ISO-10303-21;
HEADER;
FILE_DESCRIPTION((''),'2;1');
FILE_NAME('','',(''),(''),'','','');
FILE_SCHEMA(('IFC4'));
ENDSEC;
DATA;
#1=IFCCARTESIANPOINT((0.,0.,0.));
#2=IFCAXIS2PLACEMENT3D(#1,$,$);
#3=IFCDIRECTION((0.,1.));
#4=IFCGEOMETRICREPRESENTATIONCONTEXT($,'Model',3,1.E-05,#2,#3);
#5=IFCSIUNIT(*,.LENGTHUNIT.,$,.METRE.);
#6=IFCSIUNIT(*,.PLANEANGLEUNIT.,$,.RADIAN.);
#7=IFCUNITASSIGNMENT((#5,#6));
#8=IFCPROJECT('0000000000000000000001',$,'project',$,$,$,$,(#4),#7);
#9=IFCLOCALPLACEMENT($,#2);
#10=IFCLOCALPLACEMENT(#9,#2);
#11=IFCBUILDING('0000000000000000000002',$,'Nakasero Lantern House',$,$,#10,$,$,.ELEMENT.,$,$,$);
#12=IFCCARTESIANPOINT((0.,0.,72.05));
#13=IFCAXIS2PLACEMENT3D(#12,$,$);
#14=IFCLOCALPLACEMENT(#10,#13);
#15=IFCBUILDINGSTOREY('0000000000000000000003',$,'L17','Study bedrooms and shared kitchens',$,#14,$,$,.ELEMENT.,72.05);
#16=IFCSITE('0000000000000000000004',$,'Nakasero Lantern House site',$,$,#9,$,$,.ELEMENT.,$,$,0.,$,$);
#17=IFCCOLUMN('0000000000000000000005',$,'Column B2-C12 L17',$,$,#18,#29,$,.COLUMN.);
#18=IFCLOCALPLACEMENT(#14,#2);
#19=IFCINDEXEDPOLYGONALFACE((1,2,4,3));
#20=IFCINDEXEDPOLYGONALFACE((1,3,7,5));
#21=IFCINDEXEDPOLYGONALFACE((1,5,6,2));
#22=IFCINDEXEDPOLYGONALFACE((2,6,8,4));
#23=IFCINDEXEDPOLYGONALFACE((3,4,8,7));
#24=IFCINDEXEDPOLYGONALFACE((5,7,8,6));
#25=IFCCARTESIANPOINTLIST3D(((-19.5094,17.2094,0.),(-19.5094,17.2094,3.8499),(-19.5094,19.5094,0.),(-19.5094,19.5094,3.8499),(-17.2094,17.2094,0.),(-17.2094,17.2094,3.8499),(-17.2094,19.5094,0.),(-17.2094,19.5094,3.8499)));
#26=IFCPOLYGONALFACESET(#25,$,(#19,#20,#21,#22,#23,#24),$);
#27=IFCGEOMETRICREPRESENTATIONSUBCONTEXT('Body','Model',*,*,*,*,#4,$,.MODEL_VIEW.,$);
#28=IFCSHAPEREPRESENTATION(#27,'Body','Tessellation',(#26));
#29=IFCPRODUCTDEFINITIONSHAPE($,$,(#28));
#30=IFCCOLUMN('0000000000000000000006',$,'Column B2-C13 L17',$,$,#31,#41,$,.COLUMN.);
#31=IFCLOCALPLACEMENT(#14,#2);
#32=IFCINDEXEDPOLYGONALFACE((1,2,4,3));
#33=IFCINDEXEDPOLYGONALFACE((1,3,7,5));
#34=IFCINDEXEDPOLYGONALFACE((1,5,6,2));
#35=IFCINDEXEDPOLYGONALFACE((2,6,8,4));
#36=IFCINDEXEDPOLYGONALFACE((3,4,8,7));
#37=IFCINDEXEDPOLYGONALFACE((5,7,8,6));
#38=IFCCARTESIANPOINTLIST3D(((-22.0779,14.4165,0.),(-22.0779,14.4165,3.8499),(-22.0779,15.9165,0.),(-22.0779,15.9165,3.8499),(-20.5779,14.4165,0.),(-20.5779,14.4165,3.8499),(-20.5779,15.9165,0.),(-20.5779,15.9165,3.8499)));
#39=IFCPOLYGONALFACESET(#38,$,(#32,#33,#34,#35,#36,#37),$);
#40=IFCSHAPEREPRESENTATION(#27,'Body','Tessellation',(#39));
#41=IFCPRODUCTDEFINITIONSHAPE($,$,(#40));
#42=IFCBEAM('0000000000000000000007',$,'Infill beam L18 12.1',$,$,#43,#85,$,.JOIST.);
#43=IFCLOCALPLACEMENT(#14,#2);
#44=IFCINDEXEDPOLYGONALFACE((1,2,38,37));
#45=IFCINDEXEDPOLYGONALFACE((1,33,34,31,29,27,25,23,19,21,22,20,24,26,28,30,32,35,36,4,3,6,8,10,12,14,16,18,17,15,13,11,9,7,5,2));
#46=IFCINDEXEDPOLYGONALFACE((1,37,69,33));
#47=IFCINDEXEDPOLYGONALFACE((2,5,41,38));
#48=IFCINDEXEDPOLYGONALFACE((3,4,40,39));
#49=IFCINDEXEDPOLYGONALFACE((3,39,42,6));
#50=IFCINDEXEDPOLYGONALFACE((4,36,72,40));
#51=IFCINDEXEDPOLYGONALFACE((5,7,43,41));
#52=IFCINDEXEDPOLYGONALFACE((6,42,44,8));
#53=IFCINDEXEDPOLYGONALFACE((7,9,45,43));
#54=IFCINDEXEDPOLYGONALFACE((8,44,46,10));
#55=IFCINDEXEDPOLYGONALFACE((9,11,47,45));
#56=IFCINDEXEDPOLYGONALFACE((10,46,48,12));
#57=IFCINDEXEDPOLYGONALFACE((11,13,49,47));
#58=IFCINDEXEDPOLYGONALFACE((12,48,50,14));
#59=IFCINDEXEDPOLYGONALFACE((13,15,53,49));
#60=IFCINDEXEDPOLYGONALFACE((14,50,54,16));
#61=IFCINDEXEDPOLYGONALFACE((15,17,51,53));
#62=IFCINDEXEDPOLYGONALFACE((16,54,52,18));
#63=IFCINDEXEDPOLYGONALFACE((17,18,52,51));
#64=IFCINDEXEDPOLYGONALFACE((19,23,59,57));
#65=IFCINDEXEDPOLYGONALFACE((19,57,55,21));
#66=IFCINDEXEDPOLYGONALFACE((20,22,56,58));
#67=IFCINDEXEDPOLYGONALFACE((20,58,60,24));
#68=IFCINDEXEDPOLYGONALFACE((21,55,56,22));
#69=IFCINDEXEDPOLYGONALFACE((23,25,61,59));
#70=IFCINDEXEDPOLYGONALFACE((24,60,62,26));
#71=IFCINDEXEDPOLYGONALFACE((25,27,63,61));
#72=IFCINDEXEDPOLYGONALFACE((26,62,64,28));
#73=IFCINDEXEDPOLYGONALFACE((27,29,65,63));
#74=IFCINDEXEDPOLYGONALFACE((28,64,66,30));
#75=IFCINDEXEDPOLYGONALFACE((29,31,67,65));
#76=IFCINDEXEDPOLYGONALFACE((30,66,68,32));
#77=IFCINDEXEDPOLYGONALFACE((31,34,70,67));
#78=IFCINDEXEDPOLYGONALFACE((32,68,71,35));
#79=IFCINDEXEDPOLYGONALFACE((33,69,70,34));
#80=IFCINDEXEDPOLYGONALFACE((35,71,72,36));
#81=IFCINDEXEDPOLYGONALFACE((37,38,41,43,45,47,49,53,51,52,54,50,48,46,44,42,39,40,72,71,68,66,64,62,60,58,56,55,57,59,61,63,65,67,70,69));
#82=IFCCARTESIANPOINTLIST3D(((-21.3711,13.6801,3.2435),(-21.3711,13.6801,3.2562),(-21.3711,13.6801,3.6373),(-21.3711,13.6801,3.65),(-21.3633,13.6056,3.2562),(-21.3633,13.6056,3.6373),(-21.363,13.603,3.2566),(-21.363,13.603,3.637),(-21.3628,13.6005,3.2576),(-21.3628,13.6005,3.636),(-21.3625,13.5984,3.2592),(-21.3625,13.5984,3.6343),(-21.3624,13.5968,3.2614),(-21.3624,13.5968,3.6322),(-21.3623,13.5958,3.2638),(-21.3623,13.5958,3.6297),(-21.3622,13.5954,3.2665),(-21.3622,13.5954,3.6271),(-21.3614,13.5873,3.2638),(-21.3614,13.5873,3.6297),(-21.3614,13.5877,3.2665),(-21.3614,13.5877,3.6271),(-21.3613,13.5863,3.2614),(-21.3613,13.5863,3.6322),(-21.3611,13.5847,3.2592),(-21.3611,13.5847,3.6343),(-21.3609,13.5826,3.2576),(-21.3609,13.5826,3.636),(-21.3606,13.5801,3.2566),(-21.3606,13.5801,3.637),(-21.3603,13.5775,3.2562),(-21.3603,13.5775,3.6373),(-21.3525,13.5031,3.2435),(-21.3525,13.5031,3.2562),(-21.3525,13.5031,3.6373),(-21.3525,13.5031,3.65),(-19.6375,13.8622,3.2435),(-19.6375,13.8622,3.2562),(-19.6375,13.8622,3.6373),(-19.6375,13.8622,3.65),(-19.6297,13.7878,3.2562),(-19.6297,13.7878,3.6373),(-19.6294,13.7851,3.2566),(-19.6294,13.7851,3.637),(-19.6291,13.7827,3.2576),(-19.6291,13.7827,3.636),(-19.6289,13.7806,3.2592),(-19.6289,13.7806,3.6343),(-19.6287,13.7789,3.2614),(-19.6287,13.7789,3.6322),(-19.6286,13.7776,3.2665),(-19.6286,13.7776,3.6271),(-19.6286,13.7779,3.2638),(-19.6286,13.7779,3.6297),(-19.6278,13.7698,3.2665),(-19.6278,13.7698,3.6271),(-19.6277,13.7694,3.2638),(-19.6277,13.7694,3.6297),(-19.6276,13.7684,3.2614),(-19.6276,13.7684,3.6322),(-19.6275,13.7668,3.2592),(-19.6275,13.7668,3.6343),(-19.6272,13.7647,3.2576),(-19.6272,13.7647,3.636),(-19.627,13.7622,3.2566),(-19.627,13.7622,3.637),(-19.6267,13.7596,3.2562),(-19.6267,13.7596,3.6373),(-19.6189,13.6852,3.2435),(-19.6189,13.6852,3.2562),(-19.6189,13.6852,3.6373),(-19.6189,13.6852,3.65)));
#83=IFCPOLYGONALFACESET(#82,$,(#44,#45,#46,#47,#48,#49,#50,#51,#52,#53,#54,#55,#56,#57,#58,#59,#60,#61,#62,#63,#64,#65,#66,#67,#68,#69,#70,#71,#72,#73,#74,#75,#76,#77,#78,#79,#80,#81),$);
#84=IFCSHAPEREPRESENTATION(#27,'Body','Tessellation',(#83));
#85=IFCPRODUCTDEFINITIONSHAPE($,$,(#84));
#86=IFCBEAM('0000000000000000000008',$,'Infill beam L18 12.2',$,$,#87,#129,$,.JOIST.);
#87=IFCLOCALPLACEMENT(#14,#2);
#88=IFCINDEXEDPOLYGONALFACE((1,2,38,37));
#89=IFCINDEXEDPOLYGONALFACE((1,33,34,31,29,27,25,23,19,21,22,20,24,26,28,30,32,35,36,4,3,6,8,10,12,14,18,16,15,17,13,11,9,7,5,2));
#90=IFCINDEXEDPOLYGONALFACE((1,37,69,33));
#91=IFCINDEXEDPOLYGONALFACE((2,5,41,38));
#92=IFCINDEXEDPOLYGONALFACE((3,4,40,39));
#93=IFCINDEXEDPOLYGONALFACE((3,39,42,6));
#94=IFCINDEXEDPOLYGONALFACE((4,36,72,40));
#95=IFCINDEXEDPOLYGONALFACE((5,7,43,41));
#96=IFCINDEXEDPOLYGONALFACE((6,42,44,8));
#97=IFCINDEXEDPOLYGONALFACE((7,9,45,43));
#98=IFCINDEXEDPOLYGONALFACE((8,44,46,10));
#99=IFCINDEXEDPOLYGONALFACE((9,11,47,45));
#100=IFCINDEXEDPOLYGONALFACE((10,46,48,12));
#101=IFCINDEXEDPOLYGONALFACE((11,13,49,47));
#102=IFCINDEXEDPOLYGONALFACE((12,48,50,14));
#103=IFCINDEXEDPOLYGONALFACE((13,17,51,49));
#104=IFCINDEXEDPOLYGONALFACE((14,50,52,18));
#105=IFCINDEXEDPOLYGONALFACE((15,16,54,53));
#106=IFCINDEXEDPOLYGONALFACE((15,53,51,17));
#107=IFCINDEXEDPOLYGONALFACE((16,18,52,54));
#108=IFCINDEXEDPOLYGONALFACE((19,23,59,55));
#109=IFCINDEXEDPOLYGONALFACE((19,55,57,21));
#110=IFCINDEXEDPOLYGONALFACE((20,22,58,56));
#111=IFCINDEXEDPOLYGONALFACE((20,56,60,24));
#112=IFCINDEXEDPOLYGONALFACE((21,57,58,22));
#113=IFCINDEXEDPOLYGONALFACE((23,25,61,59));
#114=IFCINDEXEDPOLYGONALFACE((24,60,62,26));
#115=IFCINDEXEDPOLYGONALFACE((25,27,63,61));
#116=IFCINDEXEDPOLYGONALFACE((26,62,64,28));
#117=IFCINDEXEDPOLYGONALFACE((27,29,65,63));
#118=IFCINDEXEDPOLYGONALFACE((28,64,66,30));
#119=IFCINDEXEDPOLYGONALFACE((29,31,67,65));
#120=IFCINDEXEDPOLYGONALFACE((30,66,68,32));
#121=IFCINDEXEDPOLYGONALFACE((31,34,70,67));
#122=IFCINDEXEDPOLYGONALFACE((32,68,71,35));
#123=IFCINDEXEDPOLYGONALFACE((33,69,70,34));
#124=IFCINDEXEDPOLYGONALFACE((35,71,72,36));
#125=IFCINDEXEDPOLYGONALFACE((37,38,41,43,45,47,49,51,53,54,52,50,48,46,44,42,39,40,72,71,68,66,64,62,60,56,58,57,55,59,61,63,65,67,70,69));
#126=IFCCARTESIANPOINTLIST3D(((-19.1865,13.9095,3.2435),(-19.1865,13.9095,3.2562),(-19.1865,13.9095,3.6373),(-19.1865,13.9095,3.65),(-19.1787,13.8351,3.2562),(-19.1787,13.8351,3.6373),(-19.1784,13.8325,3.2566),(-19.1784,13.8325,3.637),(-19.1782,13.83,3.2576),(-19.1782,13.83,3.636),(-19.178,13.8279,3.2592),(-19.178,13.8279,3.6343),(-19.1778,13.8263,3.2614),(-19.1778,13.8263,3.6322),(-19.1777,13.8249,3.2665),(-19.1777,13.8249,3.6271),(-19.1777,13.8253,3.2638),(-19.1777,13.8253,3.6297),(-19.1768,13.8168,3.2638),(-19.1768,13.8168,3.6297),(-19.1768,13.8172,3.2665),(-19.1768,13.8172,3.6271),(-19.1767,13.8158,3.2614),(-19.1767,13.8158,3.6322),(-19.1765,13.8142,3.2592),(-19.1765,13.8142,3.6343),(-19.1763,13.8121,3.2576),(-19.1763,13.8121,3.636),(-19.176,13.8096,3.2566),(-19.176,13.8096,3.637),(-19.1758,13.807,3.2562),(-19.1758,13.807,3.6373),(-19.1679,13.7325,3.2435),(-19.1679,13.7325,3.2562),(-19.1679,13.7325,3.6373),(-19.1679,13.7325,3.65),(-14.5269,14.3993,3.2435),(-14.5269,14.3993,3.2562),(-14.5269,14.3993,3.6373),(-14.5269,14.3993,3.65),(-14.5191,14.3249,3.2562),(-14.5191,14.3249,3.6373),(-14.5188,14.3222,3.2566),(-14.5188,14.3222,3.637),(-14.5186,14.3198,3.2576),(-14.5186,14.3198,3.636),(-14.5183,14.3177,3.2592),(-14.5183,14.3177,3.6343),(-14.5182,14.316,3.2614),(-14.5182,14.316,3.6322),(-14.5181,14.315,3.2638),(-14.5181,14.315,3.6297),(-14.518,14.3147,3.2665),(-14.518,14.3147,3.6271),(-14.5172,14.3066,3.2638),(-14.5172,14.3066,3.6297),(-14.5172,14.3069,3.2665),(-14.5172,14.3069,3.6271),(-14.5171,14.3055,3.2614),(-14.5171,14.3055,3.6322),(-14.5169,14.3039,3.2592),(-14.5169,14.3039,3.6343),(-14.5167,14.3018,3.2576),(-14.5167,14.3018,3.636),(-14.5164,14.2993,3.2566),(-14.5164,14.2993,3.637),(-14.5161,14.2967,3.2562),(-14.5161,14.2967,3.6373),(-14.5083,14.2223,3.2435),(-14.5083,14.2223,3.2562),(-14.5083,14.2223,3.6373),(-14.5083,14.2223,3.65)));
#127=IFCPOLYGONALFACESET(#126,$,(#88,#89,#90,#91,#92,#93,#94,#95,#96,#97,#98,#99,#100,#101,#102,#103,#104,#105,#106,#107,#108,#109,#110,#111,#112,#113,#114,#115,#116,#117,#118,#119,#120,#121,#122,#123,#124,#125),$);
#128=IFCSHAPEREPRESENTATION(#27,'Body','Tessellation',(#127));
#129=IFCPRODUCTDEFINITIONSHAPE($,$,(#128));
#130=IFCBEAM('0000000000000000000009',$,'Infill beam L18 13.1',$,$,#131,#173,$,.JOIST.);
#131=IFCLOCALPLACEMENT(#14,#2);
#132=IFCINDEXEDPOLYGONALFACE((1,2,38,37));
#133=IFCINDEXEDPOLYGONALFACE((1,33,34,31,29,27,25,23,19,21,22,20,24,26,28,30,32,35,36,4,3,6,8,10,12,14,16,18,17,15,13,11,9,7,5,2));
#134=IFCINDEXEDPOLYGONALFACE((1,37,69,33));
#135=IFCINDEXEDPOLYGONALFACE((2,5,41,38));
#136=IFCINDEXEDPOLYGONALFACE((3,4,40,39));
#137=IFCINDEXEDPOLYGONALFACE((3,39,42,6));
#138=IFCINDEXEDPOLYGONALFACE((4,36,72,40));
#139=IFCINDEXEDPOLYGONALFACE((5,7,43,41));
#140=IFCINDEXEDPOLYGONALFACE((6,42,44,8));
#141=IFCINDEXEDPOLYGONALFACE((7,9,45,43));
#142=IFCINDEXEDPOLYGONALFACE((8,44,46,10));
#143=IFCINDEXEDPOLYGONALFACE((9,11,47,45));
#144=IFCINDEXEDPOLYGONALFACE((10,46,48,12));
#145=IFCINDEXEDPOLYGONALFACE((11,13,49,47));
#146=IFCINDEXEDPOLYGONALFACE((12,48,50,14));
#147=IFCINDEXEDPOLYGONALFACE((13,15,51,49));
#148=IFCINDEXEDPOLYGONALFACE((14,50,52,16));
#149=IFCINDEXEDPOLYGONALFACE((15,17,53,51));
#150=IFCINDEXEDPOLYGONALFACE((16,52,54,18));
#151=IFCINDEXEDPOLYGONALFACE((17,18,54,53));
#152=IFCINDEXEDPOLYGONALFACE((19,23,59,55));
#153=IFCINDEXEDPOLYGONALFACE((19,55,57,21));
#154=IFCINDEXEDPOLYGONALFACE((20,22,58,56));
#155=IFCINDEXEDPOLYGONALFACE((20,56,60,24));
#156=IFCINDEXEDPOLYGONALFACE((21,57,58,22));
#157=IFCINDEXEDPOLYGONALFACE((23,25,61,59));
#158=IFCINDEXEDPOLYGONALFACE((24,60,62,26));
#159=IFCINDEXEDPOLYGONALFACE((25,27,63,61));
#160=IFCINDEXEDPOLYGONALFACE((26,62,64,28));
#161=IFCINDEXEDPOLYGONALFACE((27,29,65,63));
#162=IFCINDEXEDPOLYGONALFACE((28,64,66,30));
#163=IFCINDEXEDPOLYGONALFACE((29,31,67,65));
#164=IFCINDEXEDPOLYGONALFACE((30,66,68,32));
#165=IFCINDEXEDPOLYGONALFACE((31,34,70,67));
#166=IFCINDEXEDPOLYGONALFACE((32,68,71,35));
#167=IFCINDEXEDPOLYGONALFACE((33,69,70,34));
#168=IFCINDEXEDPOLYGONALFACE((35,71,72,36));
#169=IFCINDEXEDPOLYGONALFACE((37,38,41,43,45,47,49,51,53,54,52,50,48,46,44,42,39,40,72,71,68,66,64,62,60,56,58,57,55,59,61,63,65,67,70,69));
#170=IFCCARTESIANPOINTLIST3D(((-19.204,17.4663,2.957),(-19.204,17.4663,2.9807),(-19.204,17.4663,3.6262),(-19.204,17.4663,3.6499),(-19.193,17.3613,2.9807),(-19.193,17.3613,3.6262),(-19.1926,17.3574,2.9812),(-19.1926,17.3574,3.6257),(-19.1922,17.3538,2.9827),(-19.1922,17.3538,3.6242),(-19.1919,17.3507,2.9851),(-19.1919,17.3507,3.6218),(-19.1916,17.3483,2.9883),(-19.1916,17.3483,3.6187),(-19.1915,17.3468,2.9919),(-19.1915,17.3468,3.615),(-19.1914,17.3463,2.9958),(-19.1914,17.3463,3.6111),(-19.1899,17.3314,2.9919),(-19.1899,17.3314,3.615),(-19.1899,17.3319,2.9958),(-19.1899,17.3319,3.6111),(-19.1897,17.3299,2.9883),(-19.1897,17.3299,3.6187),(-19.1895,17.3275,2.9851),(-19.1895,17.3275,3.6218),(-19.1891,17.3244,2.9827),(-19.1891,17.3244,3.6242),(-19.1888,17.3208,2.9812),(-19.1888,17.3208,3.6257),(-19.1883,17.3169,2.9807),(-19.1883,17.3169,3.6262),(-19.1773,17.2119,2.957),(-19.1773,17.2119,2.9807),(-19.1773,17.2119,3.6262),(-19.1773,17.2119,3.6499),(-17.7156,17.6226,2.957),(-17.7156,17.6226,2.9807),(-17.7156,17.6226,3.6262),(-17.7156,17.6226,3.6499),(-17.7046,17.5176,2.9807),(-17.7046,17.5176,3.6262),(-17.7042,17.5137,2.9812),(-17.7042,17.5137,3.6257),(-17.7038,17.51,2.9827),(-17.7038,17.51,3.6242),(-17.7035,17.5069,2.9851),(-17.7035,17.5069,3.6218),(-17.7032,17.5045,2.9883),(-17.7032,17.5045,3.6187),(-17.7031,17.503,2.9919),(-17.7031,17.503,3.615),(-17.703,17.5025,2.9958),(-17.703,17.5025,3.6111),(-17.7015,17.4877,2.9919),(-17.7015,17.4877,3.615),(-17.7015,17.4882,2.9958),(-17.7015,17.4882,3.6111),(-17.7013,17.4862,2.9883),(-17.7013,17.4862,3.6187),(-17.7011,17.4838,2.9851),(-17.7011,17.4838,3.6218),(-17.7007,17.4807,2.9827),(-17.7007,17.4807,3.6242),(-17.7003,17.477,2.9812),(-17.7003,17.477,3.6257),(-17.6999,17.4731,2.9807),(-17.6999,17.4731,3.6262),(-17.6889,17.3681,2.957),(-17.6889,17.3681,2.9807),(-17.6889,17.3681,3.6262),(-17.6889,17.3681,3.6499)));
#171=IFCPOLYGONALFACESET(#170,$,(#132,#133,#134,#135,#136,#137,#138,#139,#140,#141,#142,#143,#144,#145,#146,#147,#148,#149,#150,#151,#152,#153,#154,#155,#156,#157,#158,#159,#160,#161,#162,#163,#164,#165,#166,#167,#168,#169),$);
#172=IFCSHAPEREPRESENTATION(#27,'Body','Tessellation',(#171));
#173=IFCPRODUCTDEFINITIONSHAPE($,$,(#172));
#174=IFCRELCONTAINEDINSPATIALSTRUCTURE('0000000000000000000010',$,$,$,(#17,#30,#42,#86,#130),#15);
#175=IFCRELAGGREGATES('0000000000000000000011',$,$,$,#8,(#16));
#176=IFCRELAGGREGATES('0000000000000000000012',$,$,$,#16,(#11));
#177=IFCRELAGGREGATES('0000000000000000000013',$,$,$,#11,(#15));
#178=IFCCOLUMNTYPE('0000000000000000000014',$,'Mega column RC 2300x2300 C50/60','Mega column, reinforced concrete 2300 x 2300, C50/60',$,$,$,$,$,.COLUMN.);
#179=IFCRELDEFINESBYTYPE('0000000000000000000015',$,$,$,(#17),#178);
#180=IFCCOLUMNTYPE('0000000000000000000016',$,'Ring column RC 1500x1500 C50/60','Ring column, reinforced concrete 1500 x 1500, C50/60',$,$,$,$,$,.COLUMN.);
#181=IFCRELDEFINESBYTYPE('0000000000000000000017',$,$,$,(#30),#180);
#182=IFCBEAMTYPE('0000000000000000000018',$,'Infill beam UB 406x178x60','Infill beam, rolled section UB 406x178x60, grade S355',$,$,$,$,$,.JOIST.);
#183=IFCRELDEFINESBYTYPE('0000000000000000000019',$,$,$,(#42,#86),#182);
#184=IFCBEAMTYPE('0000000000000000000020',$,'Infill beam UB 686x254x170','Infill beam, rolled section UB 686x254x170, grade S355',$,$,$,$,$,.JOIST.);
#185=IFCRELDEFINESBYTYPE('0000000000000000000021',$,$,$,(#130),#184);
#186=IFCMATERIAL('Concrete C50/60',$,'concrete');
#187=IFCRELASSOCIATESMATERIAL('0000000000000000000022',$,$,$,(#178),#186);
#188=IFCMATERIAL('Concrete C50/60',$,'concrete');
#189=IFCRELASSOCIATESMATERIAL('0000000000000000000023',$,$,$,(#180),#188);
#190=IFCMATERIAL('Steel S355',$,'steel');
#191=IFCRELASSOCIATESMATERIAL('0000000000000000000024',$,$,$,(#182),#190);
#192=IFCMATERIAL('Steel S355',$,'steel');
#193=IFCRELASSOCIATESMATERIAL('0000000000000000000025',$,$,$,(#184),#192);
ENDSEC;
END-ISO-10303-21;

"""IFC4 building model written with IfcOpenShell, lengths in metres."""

from ifc_helpers import new_model, si_unit, direction, frame, origin, origin_2d, place, context, subcontext, project, spatial, rectangle, i_section, extrude, material, material_profile, profile_set, type_object, element, save


model = new_model("IFC4")

# Units and contexts
model_context = context("Model", 3, precision=1e-05, world=origin(), true_north=direction((0.0, 1.0)))
body_context = subcontext(model_context, "Body", "Model", "MODEL_VIEW")
ifc_project = project(units=[si_unit("LENGTHUNIT", "METRE"), si_unit("PLANEANGLEUNIT", "RADIAN")], contexts=[model_context])

# Site, building, storey
site_placement = place(None, origin())
site = spatial("IfcSite", under=ifc_project, at=site_placement, Name="Nakasero Lantern House site", CompositionType="ELEMENT", RefElevation=0.0)
building_placement = place(site_placement, origin())
building = spatial("IfcBuilding", under=site, at=building_placement, Name="Nakasero Lantern House", CompositionType="ELEMENT")
storey_placement = place(building_placement, frame((0.0, 0.0, 72.05)))
storey = spatial("IfcBuildingStorey", under=building, at=storey_placement, Name="L17", Description="Study bedrooms and shared kitchens", CompositionType="ELEMENT", Elevation=72.05)

# Columns
ifc_material_1 = material(Name="Concrete C50/60", Category="concrete")
ifc_material_profile_1 = material_profile(ifc_material_1, rectangle(XDim=2.3, YDim=2.3, at=origin_2d()), Name="RC 2300x2300")
ifc_profile_set_1 = profile_set([ifc_material_profile_1], Name="Concrete C50/60")
column_type_1 = type_object("IfcColumnType", Name="Mega column RC 2300x2300 C50/60", Description="Mega column, reinforced concrete 2300 x 2300, C50/60", PredefinedType="COLUMN", material=ifc_profile_set_1)
column_1_placement = place(storey_placement, frame((-18.3594, 18.3594, 0.0), z_axis=(0.0, 0.0, 1.0), x_axis=(1.0, 0.0, 0.0)))
element("IfcColumn", 1, at=column_1_placement, inside=storey, type_object=column_type_1, Name="Column B2-C12 L17", PredefinedType="COLUMN", context=body_context, shape_type="SweptSolid", body=[
    extrude(rectangle(XDim=2.3, YDim=2.3, at=origin_2d()), origin(), (0.0, 0.0, 1.0), 3.8499),
])
ifc_material_2 = material(Name="Concrete C50/60", Category="concrete")
ifc_material_profile_2 = material_profile(ifc_material_2, rectangle(XDim=1.5, YDim=1.5, at=origin_2d()), Name="RC 1500x1500")
ifc_profile_set_2 = profile_set([ifc_material_profile_2], Name="Concrete C50/60")
column_type_2 = type_object("IfcColumnType", Name="Ring column RC 1500x1500 C50/60", Description="Ring column, reinforced concrete 1500 x 1500, C50/60", PredefinedType="COLUMN", material=ifc_profile_set_2)
column_2_placement = place(storey_placement, frame((-21.3279, 15.1665, 0.0), z_axis=(0.0, 0.0, 1.0), x_axis=(1.0, 0.0, 0.0)))
element("IfcColumn", 2, at=column_2_placement, inside=storey, type_object=column_type_2, Name="Column B2-C13 L17", PredefinedType="COLUMN", context=body_context, shape_type="SweptSolid", body=[
    extrude(rectangle(XDim=1.5, YDim=1.5, at=origin_2d()), origin(), (0.0, 0.0, 1.0), 3.8499),
])

# Beams
ifc_material_3 = material(Name="Steel S355", Category="steel")
ifc_material_profile_3 = material_profile(ifc_material_3, i_section(OverallWidth=0.178, OverallDepth=0.4065, WebThickness=0.0078, FlangeThickness=0.0127, FilletRadius=0.0103, at=origin_2d()), Name="UB 406x178x60")
ifc_profile_set_3 = profile_set([ifc_material_profile_3], Name="Steel S355")
beam_type_1 = type_object("IfcBeamType", Name="Infill beam UB 406x178x60", Description="Infill beam, rolled section UB 406x178x60, grade S355", PredefinedType="JOIST", material=ifc_profile_set_3)
beam_1_placement = place(storey_placement, frame((-21.3618, 13.5916, 3.4468), z_axis=(0.994527, 0.104481, 0.0), x_axis=(-0.104481, 0.994527, 0.0)))
element("IfcBeam", 3, at=beam_1_placement, inside=storey, type_object=beam_type_1, Name="Infill beam L18 12.1", PredefinedType="JOIST", context=body_context, shape_type="SweptSolid", body=[
    extrude(i_section(OverallWidth=0.178, OverallDepth=0.4065, WebThickness=0.0078, FlangeThickness=0.0127, FilletRadius=0.0103, at=origin_2d()), origin(), (0.0, 0.0, 1.0), 1.7432),
])
beam_2_placement = place(storey_placement, frame((-19.1772, 13.821, 3.4468), z_axis=(0.994522, 0.104527, 0.0), x_axis=(-0.104527, 0.994522, 0.0)))
element("IfcBeam", 4, at=beam_2_placement, inside=storey, type_object=beam_type_1, Name="Infill beam L18 12.2", PredefinedType="JOIST", context=body_context, shape_type="SweptSolid", body=[
    extrude(i_section(OverallWidth=0.178, OverallDepth=0.4065, WebThickness=0.0078, FlangeThickness=0.0127, FilletRadius=0.0103, at=origin_2d()), origin(), (0.0, 0.0, 1.0), 4.6853),
])
ifc_material_4 = material(Name="Steel S355", Category="steel")
ifc_material_profile_4 = material_profile(ifc_material_4, i_section(OverallWidth=0.2559, OverallDepth=0.6929, WebThickness=0.0144, FlangeThickness=0.0237, FilletRadius=0.0151, at=origin_2d()), Name="UB 686x254x170")
ifc_profile_set_4 = profile_set([ifc_material_profile_4], Name="Steel S355")
beam_type_2 = type_object("IfcBeamType", Name="Infill beam UB 686x254x170", Description="Infill beam, rolled section UB 686x254x170, grade S355", PredefinedType="JOIST", material=ifc_profile_set_4)
beam_3_placement = place(storey_placement, frame((-19.1907, 17.3391, 3.3035), z_axis=(0.994536, 0.104396, 0.0), x_axis=(-0.104396, 0.994536, 0.0)))
element("IfcBeam", 5, at=beam_3_placement, inside=storey, type_object=beam_type_2, Name="Infill beam L18 13.1", PredefinedType="JOIST", context=body_context, shape_type="SweptSolid", body=[
    extrude(i_section(OverallWidth=0.2559, OverallDepth=0.6929, WebThickness=0.0144, FlangeThickness=0.0237, FilletRadius=0.0151, at=origin_2d()), origin(), (0.0, 0.0, 1.0), 1.4966),
])

save(model, "model.ifc")
